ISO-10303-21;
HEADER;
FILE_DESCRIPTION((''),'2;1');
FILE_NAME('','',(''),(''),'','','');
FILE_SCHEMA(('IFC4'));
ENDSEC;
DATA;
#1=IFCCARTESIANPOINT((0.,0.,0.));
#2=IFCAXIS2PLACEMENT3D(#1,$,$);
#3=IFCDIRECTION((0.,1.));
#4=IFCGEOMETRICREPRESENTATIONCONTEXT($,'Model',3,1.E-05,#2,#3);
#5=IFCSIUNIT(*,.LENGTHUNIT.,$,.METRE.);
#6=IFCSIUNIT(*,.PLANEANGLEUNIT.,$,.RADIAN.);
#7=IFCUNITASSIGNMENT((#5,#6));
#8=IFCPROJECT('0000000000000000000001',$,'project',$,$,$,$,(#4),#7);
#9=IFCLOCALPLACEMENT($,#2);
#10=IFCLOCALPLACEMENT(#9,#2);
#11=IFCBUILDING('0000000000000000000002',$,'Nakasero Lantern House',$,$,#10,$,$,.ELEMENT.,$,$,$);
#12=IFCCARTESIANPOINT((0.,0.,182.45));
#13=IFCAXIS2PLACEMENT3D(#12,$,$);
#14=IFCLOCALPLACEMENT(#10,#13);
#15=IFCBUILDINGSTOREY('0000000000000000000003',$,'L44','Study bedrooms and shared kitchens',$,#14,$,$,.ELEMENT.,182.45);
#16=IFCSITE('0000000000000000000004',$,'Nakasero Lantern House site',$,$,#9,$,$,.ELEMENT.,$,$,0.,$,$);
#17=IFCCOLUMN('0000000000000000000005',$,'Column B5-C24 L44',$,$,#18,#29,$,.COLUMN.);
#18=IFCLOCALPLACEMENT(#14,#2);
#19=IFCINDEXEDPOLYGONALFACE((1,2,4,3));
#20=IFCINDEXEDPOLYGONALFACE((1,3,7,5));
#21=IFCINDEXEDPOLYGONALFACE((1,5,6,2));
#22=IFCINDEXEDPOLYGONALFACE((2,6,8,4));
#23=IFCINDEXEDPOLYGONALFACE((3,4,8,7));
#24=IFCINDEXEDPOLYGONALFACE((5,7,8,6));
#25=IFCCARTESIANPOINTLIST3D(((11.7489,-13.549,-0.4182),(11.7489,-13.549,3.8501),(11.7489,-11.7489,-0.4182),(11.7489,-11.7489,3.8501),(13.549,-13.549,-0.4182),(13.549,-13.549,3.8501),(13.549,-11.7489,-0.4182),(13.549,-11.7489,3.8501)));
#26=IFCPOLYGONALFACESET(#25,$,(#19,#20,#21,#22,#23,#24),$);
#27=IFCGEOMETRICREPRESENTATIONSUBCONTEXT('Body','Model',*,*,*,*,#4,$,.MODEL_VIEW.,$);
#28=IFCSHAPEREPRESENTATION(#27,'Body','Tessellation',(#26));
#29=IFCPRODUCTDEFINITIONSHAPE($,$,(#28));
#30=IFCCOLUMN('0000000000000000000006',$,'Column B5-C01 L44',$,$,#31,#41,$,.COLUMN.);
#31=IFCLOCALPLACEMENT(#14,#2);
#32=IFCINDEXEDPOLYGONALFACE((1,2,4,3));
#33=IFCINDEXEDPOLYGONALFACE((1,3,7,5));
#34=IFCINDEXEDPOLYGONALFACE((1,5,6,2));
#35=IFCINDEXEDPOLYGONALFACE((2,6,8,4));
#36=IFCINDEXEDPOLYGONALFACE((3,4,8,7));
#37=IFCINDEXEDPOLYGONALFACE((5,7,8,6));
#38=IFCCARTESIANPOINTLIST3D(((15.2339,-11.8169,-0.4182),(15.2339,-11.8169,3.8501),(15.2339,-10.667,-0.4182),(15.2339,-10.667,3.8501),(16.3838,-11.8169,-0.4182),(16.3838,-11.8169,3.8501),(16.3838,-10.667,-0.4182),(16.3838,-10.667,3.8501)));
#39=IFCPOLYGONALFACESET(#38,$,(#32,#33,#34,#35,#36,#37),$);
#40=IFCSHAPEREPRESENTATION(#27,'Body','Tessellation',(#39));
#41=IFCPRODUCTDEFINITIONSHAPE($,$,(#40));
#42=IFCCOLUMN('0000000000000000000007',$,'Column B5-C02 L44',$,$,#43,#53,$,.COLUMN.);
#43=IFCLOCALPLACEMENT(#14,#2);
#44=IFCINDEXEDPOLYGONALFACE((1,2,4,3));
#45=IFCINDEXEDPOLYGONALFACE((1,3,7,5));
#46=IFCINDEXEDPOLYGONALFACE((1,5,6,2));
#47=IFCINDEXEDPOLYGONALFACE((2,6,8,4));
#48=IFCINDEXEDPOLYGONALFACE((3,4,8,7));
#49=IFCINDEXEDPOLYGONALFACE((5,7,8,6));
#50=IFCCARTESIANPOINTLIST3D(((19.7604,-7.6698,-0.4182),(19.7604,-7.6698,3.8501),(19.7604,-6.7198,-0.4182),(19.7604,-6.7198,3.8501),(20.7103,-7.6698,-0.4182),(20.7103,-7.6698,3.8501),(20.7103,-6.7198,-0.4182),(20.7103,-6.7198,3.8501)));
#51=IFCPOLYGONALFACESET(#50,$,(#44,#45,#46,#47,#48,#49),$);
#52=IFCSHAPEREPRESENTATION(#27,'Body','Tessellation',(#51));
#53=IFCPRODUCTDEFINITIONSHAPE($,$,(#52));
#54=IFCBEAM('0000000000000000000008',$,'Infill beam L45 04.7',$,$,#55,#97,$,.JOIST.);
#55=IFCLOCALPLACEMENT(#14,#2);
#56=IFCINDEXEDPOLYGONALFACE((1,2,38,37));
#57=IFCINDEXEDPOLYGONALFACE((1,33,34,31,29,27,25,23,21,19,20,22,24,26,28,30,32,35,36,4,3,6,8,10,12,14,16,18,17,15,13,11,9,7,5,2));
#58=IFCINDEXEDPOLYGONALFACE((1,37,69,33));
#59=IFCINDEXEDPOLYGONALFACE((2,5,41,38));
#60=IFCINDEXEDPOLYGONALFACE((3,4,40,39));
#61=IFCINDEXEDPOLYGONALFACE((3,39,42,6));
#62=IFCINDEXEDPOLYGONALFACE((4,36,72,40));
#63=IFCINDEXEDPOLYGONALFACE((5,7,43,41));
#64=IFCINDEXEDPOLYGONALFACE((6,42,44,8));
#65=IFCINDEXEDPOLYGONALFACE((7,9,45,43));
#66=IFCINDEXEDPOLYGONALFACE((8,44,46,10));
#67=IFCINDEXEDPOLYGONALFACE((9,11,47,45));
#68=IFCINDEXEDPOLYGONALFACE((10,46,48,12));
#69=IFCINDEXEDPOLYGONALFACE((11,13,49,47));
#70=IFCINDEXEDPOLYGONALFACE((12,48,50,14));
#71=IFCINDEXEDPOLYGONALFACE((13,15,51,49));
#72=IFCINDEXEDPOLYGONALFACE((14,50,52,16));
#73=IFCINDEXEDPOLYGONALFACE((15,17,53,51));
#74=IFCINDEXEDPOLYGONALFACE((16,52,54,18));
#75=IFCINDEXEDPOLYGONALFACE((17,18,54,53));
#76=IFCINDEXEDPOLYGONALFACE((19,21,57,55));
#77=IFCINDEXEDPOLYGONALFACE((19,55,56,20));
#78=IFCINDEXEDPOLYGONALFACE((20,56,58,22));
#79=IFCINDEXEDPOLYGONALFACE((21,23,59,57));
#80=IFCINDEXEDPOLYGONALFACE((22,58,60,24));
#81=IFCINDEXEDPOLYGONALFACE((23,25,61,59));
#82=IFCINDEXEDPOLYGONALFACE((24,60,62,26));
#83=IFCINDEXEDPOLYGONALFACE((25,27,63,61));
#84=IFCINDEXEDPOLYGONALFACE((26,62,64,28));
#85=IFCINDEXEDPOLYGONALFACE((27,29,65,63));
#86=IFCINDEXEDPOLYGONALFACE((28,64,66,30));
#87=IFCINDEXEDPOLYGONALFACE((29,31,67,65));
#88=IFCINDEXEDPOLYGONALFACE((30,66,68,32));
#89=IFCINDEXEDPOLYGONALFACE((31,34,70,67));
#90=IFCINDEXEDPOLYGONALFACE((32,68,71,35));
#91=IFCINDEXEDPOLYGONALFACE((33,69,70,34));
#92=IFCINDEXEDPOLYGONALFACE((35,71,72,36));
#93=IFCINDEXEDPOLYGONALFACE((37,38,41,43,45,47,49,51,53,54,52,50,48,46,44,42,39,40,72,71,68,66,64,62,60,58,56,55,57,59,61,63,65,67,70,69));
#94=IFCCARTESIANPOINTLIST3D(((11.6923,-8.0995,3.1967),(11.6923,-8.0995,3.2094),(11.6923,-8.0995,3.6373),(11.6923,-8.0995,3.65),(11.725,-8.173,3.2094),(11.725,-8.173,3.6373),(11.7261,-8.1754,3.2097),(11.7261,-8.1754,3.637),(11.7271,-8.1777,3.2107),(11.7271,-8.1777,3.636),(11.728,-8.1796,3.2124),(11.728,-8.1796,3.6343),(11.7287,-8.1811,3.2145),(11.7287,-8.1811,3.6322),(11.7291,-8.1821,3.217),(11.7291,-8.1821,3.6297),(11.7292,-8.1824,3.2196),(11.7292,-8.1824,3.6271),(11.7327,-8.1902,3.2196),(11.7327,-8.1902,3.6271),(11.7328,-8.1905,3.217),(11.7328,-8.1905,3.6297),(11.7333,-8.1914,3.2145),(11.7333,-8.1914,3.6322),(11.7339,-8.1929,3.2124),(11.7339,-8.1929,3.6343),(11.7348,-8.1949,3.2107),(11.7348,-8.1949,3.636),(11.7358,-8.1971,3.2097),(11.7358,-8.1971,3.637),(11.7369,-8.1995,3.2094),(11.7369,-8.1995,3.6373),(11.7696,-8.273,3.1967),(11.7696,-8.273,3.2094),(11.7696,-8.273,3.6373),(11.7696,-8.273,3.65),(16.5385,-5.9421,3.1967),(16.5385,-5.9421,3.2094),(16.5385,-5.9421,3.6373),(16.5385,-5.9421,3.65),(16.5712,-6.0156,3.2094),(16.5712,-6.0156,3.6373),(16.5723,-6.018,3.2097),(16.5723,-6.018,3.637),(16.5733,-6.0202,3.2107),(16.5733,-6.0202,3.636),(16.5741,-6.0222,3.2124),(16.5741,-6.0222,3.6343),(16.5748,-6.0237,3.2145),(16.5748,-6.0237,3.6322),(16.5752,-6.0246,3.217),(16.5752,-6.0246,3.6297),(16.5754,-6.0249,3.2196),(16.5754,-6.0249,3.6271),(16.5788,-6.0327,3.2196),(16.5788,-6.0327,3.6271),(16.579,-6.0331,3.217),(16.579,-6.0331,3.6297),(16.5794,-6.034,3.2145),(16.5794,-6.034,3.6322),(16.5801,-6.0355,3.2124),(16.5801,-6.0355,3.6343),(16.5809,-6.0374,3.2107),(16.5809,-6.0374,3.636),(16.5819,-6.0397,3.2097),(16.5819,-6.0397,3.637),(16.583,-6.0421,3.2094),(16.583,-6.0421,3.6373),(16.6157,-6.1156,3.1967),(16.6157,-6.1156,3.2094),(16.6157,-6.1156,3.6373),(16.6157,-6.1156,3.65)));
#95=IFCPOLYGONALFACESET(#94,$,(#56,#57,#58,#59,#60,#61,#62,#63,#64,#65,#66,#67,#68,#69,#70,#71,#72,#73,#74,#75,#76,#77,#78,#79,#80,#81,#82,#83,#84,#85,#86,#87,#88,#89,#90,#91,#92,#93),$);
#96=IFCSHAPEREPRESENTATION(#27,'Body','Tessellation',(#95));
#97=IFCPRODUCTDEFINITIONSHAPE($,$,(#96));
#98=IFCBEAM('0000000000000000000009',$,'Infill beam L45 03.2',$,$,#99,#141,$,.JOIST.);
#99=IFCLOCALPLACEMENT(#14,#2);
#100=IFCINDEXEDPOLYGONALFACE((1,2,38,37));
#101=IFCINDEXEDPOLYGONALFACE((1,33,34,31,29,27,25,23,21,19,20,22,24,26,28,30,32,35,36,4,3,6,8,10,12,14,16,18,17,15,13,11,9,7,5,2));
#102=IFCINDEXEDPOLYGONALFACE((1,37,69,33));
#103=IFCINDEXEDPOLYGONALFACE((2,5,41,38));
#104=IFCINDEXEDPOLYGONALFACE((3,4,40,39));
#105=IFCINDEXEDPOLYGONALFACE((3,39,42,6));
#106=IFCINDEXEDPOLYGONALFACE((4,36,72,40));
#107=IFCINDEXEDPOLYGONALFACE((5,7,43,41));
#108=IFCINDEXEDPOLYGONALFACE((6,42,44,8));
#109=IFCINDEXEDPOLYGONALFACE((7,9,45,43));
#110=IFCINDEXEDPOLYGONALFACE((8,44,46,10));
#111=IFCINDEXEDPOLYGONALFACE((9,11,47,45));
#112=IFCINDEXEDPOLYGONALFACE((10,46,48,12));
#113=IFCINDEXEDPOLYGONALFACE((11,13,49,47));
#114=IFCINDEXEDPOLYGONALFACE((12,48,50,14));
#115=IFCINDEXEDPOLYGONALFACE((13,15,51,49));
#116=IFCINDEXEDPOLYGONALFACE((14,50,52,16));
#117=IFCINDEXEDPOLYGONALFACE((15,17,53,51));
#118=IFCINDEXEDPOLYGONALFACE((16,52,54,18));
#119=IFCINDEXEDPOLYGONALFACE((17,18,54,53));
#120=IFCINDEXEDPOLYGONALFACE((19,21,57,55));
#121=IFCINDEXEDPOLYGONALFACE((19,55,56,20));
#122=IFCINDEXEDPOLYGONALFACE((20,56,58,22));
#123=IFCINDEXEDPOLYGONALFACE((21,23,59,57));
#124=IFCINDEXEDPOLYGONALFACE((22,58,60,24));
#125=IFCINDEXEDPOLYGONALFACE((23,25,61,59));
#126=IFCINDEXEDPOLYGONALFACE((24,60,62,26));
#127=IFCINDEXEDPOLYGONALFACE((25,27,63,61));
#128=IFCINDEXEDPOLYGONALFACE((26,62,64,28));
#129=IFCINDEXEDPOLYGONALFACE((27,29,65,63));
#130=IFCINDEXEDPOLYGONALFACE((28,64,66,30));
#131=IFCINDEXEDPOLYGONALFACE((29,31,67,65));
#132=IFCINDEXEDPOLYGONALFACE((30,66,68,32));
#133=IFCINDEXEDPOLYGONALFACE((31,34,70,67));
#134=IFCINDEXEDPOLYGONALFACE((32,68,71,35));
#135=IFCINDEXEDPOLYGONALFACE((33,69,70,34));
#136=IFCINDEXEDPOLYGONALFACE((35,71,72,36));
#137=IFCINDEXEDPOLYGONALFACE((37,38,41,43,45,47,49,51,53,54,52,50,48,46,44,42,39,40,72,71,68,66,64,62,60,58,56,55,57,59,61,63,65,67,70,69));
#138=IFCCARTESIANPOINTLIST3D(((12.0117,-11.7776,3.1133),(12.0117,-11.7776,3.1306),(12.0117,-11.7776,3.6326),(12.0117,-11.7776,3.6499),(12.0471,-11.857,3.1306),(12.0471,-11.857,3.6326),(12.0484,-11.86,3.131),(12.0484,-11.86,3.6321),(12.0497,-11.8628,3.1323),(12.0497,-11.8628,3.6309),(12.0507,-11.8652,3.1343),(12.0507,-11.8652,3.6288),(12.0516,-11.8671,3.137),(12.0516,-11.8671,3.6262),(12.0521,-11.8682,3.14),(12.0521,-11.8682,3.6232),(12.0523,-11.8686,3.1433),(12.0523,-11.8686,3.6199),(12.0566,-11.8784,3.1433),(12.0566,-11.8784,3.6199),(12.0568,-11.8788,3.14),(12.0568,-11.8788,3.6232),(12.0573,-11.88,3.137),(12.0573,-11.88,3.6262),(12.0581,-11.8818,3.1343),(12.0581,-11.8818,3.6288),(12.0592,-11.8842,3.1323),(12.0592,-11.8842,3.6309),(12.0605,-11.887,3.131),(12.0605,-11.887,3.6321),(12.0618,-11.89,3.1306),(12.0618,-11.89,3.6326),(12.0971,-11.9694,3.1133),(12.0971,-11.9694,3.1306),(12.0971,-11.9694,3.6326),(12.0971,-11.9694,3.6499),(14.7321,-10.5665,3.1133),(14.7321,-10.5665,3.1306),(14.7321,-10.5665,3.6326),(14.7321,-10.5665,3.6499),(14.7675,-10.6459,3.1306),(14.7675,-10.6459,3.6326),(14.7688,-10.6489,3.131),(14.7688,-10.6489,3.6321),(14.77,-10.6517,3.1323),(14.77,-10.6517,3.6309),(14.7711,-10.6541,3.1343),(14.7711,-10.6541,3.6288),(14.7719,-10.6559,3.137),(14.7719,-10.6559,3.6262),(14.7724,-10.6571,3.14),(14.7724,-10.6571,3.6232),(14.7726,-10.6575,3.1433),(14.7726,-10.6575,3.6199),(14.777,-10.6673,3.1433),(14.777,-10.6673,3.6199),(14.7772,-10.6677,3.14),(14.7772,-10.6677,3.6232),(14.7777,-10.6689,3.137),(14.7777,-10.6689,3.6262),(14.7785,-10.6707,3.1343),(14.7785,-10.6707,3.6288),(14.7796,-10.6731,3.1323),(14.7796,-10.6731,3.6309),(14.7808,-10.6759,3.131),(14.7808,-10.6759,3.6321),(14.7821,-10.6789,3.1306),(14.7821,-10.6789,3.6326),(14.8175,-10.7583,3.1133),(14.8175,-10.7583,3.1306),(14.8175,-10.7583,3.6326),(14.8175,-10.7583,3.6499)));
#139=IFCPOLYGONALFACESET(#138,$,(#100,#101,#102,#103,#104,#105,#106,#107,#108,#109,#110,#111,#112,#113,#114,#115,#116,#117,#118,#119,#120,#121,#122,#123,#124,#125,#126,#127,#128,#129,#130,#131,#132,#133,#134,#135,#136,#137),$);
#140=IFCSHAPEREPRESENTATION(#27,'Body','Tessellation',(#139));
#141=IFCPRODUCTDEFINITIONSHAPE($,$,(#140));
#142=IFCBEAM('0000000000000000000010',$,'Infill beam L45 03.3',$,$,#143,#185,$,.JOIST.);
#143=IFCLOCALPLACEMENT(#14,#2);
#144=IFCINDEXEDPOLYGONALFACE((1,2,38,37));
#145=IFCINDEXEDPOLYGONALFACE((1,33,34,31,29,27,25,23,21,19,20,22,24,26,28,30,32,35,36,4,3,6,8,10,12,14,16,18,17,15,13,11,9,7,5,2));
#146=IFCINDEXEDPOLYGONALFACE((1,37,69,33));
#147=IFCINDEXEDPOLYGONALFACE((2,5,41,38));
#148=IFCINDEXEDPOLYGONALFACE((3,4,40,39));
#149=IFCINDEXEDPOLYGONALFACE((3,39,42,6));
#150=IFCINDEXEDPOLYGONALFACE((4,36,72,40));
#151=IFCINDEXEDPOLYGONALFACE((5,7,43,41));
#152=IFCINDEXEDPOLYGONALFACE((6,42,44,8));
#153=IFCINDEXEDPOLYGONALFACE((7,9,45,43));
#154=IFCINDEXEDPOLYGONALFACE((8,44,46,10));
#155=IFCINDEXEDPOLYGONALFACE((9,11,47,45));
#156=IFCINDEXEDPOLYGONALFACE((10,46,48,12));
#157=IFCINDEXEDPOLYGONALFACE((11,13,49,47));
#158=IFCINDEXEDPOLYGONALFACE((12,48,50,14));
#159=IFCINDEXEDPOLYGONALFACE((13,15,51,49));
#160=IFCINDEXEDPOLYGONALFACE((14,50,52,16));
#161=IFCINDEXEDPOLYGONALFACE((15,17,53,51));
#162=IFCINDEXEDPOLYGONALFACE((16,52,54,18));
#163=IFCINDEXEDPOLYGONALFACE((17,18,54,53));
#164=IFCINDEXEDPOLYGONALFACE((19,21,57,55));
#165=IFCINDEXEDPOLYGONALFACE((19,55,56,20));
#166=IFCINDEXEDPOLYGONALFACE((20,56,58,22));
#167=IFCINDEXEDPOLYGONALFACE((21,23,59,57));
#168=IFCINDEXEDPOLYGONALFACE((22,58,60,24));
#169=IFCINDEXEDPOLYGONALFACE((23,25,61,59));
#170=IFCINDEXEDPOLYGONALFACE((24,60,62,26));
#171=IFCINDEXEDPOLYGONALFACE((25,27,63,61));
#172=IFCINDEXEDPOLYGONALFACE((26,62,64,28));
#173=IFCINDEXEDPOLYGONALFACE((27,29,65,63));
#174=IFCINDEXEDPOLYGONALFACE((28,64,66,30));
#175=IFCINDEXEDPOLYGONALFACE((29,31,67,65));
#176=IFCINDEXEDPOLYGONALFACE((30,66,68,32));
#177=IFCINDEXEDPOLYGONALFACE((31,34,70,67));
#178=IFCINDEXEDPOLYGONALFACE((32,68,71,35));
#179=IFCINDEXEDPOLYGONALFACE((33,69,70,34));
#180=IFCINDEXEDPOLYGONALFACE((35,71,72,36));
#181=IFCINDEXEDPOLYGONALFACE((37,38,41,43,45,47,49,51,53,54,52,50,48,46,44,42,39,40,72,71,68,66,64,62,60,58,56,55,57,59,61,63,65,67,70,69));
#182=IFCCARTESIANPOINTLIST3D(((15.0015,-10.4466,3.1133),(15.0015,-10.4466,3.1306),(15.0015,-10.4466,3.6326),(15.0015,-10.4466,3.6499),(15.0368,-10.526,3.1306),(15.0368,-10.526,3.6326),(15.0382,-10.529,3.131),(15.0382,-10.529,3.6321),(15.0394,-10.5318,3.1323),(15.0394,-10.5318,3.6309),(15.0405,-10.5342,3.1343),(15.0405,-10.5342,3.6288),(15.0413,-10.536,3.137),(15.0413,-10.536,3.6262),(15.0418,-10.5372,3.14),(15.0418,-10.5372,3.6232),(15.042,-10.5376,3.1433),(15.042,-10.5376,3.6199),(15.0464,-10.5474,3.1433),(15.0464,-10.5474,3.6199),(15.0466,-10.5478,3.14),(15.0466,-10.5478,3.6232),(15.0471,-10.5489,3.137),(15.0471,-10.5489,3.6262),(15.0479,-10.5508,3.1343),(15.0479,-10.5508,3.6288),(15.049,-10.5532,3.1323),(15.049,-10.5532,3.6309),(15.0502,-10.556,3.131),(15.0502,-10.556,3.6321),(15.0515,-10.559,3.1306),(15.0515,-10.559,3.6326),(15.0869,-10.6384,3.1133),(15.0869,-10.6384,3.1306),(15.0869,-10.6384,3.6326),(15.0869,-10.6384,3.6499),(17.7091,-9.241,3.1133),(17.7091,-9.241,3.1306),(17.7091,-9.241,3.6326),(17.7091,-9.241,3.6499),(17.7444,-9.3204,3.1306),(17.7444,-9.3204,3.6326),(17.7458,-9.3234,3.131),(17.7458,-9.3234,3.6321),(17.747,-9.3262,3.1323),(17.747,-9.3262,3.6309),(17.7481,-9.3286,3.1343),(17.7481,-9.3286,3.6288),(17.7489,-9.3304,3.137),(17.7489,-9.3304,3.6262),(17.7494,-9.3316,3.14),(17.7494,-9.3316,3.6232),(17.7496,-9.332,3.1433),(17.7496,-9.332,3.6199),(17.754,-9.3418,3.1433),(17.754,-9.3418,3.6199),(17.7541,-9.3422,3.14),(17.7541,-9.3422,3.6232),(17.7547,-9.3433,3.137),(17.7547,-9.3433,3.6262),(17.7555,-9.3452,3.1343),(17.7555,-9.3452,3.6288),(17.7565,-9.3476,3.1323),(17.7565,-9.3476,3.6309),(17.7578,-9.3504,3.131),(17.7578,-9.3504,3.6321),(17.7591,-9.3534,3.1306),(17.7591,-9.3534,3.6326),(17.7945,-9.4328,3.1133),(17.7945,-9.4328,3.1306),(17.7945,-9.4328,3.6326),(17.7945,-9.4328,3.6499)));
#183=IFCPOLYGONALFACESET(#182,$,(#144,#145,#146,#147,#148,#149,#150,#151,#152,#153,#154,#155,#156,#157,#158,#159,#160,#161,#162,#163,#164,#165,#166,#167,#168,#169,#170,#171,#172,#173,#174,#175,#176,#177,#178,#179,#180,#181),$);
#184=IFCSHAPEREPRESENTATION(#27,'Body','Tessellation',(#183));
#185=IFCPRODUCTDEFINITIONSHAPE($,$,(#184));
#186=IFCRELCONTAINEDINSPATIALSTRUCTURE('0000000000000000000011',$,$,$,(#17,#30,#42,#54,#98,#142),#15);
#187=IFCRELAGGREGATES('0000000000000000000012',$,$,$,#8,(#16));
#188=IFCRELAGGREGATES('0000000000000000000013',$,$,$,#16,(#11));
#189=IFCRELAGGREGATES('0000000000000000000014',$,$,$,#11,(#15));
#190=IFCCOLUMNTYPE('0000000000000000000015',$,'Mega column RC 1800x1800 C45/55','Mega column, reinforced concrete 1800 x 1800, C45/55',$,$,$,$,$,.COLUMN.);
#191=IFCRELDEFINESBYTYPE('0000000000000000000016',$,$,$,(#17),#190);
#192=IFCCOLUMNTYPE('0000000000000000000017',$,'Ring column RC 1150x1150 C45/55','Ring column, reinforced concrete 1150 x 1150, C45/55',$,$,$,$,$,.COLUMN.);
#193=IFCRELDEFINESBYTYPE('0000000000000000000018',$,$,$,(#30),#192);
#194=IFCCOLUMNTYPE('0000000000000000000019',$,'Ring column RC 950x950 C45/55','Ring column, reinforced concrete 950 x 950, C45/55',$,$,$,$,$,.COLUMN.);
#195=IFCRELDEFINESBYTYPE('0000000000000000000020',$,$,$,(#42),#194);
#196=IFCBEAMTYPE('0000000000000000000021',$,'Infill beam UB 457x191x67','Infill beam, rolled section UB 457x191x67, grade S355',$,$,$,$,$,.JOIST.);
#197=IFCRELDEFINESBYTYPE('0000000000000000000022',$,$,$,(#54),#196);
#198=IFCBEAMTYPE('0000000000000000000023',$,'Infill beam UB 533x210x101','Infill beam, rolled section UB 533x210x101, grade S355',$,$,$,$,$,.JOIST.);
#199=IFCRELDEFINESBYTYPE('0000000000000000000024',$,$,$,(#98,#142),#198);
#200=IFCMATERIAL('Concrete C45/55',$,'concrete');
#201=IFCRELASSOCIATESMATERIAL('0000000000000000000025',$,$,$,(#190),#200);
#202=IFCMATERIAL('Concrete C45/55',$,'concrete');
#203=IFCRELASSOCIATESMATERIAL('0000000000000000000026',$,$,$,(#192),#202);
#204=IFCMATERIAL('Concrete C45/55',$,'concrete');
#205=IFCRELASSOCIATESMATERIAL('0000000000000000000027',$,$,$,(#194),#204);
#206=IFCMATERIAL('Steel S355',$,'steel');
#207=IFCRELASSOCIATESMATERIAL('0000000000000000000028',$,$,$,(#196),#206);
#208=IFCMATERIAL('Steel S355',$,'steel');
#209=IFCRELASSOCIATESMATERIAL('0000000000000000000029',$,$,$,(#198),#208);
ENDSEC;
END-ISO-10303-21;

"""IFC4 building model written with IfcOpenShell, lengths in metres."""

from ifc_helpers import new_model, si_unit, direction, frame, origin, origin_2d, place, context, subcontext, project, spatial, rectangle, i_section, extrude, material, material_profile, profile_set, type_object, element, save


model = new_model("IFC4")

# Units and contexts
model_context = context("Model", 3, precision=1e-05, world=origin(), true_north=direction((0.0, 1.0)))
body_context = subcontext(model_context, "Body", "Model", "MODEL_VIEW")
ifc_project = project(units=[si_unit("LENGTHUNIT", "METRE"), si_unit("PLANEANGLEUNIT", "RADIAN")], contexts=[model_context])

# Site, building, storey
site_placement = place(None, origin())
site = spatial("IfcSite", under=ifc_project, at=site_placement, Name="Nakasero Lantern House site", CompositionType="ELEMENT", RefElevation=0.0)
building_placement = place(site_placement, origin())
building = spatial("IfcBuilding", under=site, at=building_placement, Name="Nakasero Lantern House", CompositionType="ELEMENT")
storey_placement = place(building_placement, frame((0.0, 0.0, 182.45)))
storey = spatial("IfcBuildingStorey", under=building, at=storey_placement, Name="L44", Description="Study bedrooms and shared kitchens", CompositionType="ELEMENT", Elevation=182.45)

# Columns
ifc_material_1 = material(Name="Concrete C45/55", Category="concrete")
ifc_material_profile_1 = material_profile(ifc_material_1, rectangle(XDim=1.8, YDim=1.8, at=origin_2d()), Name="RC 1800x1800")
ifc_profile_set_1 = profile_set([ifc_material_profile_1], Name="Concrete C45/55")
column_type_1 = type_object("IfcColumnType", Name="Mega column RC 1800x1800 C45/55", Description="Mega column, reinforced concrete 1800 x 1800, C45/55", PredefinedType="COLUMN", material=ifc_profile_set_1)
column_1_placement = place(storey_placement, frame((12.6489, -12.6489, -0.4182), z_axis=(0.0, 0.0, 1.0), x_axis=(1.0, 0.0, 0.0)))
element("IfcColumn", 1, at=column_1_placement, inside=storey, type_object=column_type_1, Name="Column B5-C24 L44", PredefinedType="COLUMN", context=body_context, shape_type="SweptSolid", body=[
    extrude(rectangle(XDim=1.8, YDim=1.8, at=origin_2d()), origin(), (0.0, 0.0, 1.0), 4.2683),
])
ifc_material_2 = material(Name="Concrete C45/55", Category="concrete")
ifc_material_profile_2 = material_profile(ifc_material_2, rectangle(XDim=1.1499, YDim=1.1499, at=origin_2d()), Name="RC 1150x1150")
ifc_profile_set_2 = profile_set([ifc_material_profile_2], Name="Concrete C45/55")
column_type_2 = type_object("IfcColumnType", Name="Ring column RC 1150x1150 C45/55", Description="Ring column, reinforced concrete 1150 x 1150, C45/55", PredefinedType="COLUMN", material=ifc_profile_set_2)
column_2_placement = place(storey_placement, frame((15.8088, -11.2419, -0.4182), z_axis=(0.0, 0.0, 1.0), x_axis=(1.0, 0.0, 0.0)))
element("IfcColumn", 2, at=column_2_placement, inside=storey, type_object=column_type_2, Name="Column B5-C01 L44", PredefinedType="COLUMN", context=body_context, shape_type="SweptSolid", body=[
    extrude(rectangle(XDim=1.1499, YDim=1.1499, at=origin_2d()), origin(), (0.0, 0.0, 1.0), 4.2683),
])
ifc_material_3 = material(Name="Concrete C45/55", Category="concrete")
ifc_material_profile_3 = material_profile(ifc_material_3, rectangle(XDim=0.95, YDim=0.95, at=origin_2d()), Name="RC 950x950")
ifc_profile_set_3 = profile_set([ifc_material_profile_3], Name="Concrete C45/55")
column_type_3 = type_object("IfcColumnType", Name="Ring column RC 950x950 C45/55", Description="Ring column, reinforced concrete 950 x 950, C45/55", PredefinedType="COLUMN", material=ifc_profile_set_3)
column_3_placement = place(storey_placement, frame((20.2354, -7.1948, -0.4182), z_axis=(0.0, 0.0, 1.0), x_axis=(1.0, 0.0, 0.0)))
element("IfcColumn", 3, at=column_3_placement, inside=storey, type_object=column_type_3, Name="Column B5-C02 L44", PredefinedType="COLUMN", context=body_context, shape_type="SweptSolid", body=[
    extrude(rectangle(XDim=0.95, YDim=0.95, at=origin_2d()), origin(), (0.0, 0.0, 1.0), 4.2683),
])

# Beams
ifc_material_4 = material(Name="Steel S355", Category="steel")
ifc_material_profile_4 = material_profile(ifc_material_4, i_section(OverallWidth=0.1899, OverallDepth=0.4534, WebThickness=0.0085, FlangeThickness=0.0127, FilletRadius=0.0103, at=origin_2d()), Name="UB 457x191x67")
ifc_profile_set_4 = profile_set([ifc_material_profile_4], Name="Steel S355")
beam_type_1 = type_object("IfcBeamType", Name="Infill beam UB 457x191x67", Description="Infill beam, rolled section UB 457x191x67, grade S355", PredefinedType="JOIST", material=ifc_profile_set_4)
beam_1_placement = place(storey_placement, frame((11.731, -8.1863, 3.4233), z_axis=(0.913559, 0.406706, 0.0), x_axis=(-0.406706, 0.913559, 0.0)))
element("IfcBeam", 4, at=beam_1_placement, inside=storey, type_object=beam_type_1, Name="Infill beam L45 04.7", PredefinedType="JOIST", context=body_context, shape_type="SweptSolid", body=[
    extrude(i_section(OverallWidth=0.1899, OverallDepth=0.4534, WebThickness=0.0085, FlangeThickness=0.0127, FilletRadius=0.0103, at=origin_2d()), origin(), (0.0, 0.0, 1.0), 5.3047),
])
ifc_material_5 = material(Name="Steel S355", Category="steel")
ifc_material_profile_5 = material_profile(ifc_material_5, i_section(OverallWidth=0.21, OverallDepth=0.5366, WebThickness=0.0107, FlangeThickness=0.0173, FilletRadius=0.0127, at=origin_2d()), Name="UB 533x210x101")
ifc_profile_set_5 = profile_set([ifc_material_profile_5], Name="Steel S355")
beam_type_2 = type_object("IfcBeamType", Name="Infill beam UB 533x210x101", Description="Infill beam, rolled section UB 533x210x101, grade S355", PredefinedType="JOIST", material=ifc_profile_set_5)
beam_2_placement = place(storey_placement, frame((12.0544, -11.8735, 3.3816), z_axis=(0.913551, 0.406724, 0.0), x_axis=(-0.406724, 0.913551, 0.0)))
element("IfcBeam", 5, at=beam_2_placement, inside=storey, type_object=beam_type_2, Name="Infill beam L45 03.2", PredefinedType="JOIST", context=body_context, shape_type="SweptSolid", body=[
    extrude(i_section(OverallWidth=0.21, OverallDepth=0.5366, WebThickness=0.0107, FlangeThickness=0.0173, FilletRadius=0.0127, at=origin_2d()), origin(), (0.0, 0.0, 1.0), 2.9778),
])
beam_3_placement = place(storey_placement, frame((15.0442, -10.5425, 3.3816), z_axis=(0.913533, 0.406765, 0.0), x_axis=(-0.406765, 0.913533, 0.0)))
element("IfcBeam", 6, at=beam_3_placement, inside=storey, type_object=beam_type_2, Name="Infill beam L45 03.3", PredefinedType="JOIST", context=body_context, shape_type="SweptSolid", body=[
    extrude(i_section(OverallWidth=0.21, OverallDepth=0.5366, WebThickness=0.0107, FlangeThickness=0.0173, FilletRadius=0.0127, at=origin_2d()), origin(), (0.0, 0.0, 1.0), 2.9639),
])

save(model, "model.ifc")
